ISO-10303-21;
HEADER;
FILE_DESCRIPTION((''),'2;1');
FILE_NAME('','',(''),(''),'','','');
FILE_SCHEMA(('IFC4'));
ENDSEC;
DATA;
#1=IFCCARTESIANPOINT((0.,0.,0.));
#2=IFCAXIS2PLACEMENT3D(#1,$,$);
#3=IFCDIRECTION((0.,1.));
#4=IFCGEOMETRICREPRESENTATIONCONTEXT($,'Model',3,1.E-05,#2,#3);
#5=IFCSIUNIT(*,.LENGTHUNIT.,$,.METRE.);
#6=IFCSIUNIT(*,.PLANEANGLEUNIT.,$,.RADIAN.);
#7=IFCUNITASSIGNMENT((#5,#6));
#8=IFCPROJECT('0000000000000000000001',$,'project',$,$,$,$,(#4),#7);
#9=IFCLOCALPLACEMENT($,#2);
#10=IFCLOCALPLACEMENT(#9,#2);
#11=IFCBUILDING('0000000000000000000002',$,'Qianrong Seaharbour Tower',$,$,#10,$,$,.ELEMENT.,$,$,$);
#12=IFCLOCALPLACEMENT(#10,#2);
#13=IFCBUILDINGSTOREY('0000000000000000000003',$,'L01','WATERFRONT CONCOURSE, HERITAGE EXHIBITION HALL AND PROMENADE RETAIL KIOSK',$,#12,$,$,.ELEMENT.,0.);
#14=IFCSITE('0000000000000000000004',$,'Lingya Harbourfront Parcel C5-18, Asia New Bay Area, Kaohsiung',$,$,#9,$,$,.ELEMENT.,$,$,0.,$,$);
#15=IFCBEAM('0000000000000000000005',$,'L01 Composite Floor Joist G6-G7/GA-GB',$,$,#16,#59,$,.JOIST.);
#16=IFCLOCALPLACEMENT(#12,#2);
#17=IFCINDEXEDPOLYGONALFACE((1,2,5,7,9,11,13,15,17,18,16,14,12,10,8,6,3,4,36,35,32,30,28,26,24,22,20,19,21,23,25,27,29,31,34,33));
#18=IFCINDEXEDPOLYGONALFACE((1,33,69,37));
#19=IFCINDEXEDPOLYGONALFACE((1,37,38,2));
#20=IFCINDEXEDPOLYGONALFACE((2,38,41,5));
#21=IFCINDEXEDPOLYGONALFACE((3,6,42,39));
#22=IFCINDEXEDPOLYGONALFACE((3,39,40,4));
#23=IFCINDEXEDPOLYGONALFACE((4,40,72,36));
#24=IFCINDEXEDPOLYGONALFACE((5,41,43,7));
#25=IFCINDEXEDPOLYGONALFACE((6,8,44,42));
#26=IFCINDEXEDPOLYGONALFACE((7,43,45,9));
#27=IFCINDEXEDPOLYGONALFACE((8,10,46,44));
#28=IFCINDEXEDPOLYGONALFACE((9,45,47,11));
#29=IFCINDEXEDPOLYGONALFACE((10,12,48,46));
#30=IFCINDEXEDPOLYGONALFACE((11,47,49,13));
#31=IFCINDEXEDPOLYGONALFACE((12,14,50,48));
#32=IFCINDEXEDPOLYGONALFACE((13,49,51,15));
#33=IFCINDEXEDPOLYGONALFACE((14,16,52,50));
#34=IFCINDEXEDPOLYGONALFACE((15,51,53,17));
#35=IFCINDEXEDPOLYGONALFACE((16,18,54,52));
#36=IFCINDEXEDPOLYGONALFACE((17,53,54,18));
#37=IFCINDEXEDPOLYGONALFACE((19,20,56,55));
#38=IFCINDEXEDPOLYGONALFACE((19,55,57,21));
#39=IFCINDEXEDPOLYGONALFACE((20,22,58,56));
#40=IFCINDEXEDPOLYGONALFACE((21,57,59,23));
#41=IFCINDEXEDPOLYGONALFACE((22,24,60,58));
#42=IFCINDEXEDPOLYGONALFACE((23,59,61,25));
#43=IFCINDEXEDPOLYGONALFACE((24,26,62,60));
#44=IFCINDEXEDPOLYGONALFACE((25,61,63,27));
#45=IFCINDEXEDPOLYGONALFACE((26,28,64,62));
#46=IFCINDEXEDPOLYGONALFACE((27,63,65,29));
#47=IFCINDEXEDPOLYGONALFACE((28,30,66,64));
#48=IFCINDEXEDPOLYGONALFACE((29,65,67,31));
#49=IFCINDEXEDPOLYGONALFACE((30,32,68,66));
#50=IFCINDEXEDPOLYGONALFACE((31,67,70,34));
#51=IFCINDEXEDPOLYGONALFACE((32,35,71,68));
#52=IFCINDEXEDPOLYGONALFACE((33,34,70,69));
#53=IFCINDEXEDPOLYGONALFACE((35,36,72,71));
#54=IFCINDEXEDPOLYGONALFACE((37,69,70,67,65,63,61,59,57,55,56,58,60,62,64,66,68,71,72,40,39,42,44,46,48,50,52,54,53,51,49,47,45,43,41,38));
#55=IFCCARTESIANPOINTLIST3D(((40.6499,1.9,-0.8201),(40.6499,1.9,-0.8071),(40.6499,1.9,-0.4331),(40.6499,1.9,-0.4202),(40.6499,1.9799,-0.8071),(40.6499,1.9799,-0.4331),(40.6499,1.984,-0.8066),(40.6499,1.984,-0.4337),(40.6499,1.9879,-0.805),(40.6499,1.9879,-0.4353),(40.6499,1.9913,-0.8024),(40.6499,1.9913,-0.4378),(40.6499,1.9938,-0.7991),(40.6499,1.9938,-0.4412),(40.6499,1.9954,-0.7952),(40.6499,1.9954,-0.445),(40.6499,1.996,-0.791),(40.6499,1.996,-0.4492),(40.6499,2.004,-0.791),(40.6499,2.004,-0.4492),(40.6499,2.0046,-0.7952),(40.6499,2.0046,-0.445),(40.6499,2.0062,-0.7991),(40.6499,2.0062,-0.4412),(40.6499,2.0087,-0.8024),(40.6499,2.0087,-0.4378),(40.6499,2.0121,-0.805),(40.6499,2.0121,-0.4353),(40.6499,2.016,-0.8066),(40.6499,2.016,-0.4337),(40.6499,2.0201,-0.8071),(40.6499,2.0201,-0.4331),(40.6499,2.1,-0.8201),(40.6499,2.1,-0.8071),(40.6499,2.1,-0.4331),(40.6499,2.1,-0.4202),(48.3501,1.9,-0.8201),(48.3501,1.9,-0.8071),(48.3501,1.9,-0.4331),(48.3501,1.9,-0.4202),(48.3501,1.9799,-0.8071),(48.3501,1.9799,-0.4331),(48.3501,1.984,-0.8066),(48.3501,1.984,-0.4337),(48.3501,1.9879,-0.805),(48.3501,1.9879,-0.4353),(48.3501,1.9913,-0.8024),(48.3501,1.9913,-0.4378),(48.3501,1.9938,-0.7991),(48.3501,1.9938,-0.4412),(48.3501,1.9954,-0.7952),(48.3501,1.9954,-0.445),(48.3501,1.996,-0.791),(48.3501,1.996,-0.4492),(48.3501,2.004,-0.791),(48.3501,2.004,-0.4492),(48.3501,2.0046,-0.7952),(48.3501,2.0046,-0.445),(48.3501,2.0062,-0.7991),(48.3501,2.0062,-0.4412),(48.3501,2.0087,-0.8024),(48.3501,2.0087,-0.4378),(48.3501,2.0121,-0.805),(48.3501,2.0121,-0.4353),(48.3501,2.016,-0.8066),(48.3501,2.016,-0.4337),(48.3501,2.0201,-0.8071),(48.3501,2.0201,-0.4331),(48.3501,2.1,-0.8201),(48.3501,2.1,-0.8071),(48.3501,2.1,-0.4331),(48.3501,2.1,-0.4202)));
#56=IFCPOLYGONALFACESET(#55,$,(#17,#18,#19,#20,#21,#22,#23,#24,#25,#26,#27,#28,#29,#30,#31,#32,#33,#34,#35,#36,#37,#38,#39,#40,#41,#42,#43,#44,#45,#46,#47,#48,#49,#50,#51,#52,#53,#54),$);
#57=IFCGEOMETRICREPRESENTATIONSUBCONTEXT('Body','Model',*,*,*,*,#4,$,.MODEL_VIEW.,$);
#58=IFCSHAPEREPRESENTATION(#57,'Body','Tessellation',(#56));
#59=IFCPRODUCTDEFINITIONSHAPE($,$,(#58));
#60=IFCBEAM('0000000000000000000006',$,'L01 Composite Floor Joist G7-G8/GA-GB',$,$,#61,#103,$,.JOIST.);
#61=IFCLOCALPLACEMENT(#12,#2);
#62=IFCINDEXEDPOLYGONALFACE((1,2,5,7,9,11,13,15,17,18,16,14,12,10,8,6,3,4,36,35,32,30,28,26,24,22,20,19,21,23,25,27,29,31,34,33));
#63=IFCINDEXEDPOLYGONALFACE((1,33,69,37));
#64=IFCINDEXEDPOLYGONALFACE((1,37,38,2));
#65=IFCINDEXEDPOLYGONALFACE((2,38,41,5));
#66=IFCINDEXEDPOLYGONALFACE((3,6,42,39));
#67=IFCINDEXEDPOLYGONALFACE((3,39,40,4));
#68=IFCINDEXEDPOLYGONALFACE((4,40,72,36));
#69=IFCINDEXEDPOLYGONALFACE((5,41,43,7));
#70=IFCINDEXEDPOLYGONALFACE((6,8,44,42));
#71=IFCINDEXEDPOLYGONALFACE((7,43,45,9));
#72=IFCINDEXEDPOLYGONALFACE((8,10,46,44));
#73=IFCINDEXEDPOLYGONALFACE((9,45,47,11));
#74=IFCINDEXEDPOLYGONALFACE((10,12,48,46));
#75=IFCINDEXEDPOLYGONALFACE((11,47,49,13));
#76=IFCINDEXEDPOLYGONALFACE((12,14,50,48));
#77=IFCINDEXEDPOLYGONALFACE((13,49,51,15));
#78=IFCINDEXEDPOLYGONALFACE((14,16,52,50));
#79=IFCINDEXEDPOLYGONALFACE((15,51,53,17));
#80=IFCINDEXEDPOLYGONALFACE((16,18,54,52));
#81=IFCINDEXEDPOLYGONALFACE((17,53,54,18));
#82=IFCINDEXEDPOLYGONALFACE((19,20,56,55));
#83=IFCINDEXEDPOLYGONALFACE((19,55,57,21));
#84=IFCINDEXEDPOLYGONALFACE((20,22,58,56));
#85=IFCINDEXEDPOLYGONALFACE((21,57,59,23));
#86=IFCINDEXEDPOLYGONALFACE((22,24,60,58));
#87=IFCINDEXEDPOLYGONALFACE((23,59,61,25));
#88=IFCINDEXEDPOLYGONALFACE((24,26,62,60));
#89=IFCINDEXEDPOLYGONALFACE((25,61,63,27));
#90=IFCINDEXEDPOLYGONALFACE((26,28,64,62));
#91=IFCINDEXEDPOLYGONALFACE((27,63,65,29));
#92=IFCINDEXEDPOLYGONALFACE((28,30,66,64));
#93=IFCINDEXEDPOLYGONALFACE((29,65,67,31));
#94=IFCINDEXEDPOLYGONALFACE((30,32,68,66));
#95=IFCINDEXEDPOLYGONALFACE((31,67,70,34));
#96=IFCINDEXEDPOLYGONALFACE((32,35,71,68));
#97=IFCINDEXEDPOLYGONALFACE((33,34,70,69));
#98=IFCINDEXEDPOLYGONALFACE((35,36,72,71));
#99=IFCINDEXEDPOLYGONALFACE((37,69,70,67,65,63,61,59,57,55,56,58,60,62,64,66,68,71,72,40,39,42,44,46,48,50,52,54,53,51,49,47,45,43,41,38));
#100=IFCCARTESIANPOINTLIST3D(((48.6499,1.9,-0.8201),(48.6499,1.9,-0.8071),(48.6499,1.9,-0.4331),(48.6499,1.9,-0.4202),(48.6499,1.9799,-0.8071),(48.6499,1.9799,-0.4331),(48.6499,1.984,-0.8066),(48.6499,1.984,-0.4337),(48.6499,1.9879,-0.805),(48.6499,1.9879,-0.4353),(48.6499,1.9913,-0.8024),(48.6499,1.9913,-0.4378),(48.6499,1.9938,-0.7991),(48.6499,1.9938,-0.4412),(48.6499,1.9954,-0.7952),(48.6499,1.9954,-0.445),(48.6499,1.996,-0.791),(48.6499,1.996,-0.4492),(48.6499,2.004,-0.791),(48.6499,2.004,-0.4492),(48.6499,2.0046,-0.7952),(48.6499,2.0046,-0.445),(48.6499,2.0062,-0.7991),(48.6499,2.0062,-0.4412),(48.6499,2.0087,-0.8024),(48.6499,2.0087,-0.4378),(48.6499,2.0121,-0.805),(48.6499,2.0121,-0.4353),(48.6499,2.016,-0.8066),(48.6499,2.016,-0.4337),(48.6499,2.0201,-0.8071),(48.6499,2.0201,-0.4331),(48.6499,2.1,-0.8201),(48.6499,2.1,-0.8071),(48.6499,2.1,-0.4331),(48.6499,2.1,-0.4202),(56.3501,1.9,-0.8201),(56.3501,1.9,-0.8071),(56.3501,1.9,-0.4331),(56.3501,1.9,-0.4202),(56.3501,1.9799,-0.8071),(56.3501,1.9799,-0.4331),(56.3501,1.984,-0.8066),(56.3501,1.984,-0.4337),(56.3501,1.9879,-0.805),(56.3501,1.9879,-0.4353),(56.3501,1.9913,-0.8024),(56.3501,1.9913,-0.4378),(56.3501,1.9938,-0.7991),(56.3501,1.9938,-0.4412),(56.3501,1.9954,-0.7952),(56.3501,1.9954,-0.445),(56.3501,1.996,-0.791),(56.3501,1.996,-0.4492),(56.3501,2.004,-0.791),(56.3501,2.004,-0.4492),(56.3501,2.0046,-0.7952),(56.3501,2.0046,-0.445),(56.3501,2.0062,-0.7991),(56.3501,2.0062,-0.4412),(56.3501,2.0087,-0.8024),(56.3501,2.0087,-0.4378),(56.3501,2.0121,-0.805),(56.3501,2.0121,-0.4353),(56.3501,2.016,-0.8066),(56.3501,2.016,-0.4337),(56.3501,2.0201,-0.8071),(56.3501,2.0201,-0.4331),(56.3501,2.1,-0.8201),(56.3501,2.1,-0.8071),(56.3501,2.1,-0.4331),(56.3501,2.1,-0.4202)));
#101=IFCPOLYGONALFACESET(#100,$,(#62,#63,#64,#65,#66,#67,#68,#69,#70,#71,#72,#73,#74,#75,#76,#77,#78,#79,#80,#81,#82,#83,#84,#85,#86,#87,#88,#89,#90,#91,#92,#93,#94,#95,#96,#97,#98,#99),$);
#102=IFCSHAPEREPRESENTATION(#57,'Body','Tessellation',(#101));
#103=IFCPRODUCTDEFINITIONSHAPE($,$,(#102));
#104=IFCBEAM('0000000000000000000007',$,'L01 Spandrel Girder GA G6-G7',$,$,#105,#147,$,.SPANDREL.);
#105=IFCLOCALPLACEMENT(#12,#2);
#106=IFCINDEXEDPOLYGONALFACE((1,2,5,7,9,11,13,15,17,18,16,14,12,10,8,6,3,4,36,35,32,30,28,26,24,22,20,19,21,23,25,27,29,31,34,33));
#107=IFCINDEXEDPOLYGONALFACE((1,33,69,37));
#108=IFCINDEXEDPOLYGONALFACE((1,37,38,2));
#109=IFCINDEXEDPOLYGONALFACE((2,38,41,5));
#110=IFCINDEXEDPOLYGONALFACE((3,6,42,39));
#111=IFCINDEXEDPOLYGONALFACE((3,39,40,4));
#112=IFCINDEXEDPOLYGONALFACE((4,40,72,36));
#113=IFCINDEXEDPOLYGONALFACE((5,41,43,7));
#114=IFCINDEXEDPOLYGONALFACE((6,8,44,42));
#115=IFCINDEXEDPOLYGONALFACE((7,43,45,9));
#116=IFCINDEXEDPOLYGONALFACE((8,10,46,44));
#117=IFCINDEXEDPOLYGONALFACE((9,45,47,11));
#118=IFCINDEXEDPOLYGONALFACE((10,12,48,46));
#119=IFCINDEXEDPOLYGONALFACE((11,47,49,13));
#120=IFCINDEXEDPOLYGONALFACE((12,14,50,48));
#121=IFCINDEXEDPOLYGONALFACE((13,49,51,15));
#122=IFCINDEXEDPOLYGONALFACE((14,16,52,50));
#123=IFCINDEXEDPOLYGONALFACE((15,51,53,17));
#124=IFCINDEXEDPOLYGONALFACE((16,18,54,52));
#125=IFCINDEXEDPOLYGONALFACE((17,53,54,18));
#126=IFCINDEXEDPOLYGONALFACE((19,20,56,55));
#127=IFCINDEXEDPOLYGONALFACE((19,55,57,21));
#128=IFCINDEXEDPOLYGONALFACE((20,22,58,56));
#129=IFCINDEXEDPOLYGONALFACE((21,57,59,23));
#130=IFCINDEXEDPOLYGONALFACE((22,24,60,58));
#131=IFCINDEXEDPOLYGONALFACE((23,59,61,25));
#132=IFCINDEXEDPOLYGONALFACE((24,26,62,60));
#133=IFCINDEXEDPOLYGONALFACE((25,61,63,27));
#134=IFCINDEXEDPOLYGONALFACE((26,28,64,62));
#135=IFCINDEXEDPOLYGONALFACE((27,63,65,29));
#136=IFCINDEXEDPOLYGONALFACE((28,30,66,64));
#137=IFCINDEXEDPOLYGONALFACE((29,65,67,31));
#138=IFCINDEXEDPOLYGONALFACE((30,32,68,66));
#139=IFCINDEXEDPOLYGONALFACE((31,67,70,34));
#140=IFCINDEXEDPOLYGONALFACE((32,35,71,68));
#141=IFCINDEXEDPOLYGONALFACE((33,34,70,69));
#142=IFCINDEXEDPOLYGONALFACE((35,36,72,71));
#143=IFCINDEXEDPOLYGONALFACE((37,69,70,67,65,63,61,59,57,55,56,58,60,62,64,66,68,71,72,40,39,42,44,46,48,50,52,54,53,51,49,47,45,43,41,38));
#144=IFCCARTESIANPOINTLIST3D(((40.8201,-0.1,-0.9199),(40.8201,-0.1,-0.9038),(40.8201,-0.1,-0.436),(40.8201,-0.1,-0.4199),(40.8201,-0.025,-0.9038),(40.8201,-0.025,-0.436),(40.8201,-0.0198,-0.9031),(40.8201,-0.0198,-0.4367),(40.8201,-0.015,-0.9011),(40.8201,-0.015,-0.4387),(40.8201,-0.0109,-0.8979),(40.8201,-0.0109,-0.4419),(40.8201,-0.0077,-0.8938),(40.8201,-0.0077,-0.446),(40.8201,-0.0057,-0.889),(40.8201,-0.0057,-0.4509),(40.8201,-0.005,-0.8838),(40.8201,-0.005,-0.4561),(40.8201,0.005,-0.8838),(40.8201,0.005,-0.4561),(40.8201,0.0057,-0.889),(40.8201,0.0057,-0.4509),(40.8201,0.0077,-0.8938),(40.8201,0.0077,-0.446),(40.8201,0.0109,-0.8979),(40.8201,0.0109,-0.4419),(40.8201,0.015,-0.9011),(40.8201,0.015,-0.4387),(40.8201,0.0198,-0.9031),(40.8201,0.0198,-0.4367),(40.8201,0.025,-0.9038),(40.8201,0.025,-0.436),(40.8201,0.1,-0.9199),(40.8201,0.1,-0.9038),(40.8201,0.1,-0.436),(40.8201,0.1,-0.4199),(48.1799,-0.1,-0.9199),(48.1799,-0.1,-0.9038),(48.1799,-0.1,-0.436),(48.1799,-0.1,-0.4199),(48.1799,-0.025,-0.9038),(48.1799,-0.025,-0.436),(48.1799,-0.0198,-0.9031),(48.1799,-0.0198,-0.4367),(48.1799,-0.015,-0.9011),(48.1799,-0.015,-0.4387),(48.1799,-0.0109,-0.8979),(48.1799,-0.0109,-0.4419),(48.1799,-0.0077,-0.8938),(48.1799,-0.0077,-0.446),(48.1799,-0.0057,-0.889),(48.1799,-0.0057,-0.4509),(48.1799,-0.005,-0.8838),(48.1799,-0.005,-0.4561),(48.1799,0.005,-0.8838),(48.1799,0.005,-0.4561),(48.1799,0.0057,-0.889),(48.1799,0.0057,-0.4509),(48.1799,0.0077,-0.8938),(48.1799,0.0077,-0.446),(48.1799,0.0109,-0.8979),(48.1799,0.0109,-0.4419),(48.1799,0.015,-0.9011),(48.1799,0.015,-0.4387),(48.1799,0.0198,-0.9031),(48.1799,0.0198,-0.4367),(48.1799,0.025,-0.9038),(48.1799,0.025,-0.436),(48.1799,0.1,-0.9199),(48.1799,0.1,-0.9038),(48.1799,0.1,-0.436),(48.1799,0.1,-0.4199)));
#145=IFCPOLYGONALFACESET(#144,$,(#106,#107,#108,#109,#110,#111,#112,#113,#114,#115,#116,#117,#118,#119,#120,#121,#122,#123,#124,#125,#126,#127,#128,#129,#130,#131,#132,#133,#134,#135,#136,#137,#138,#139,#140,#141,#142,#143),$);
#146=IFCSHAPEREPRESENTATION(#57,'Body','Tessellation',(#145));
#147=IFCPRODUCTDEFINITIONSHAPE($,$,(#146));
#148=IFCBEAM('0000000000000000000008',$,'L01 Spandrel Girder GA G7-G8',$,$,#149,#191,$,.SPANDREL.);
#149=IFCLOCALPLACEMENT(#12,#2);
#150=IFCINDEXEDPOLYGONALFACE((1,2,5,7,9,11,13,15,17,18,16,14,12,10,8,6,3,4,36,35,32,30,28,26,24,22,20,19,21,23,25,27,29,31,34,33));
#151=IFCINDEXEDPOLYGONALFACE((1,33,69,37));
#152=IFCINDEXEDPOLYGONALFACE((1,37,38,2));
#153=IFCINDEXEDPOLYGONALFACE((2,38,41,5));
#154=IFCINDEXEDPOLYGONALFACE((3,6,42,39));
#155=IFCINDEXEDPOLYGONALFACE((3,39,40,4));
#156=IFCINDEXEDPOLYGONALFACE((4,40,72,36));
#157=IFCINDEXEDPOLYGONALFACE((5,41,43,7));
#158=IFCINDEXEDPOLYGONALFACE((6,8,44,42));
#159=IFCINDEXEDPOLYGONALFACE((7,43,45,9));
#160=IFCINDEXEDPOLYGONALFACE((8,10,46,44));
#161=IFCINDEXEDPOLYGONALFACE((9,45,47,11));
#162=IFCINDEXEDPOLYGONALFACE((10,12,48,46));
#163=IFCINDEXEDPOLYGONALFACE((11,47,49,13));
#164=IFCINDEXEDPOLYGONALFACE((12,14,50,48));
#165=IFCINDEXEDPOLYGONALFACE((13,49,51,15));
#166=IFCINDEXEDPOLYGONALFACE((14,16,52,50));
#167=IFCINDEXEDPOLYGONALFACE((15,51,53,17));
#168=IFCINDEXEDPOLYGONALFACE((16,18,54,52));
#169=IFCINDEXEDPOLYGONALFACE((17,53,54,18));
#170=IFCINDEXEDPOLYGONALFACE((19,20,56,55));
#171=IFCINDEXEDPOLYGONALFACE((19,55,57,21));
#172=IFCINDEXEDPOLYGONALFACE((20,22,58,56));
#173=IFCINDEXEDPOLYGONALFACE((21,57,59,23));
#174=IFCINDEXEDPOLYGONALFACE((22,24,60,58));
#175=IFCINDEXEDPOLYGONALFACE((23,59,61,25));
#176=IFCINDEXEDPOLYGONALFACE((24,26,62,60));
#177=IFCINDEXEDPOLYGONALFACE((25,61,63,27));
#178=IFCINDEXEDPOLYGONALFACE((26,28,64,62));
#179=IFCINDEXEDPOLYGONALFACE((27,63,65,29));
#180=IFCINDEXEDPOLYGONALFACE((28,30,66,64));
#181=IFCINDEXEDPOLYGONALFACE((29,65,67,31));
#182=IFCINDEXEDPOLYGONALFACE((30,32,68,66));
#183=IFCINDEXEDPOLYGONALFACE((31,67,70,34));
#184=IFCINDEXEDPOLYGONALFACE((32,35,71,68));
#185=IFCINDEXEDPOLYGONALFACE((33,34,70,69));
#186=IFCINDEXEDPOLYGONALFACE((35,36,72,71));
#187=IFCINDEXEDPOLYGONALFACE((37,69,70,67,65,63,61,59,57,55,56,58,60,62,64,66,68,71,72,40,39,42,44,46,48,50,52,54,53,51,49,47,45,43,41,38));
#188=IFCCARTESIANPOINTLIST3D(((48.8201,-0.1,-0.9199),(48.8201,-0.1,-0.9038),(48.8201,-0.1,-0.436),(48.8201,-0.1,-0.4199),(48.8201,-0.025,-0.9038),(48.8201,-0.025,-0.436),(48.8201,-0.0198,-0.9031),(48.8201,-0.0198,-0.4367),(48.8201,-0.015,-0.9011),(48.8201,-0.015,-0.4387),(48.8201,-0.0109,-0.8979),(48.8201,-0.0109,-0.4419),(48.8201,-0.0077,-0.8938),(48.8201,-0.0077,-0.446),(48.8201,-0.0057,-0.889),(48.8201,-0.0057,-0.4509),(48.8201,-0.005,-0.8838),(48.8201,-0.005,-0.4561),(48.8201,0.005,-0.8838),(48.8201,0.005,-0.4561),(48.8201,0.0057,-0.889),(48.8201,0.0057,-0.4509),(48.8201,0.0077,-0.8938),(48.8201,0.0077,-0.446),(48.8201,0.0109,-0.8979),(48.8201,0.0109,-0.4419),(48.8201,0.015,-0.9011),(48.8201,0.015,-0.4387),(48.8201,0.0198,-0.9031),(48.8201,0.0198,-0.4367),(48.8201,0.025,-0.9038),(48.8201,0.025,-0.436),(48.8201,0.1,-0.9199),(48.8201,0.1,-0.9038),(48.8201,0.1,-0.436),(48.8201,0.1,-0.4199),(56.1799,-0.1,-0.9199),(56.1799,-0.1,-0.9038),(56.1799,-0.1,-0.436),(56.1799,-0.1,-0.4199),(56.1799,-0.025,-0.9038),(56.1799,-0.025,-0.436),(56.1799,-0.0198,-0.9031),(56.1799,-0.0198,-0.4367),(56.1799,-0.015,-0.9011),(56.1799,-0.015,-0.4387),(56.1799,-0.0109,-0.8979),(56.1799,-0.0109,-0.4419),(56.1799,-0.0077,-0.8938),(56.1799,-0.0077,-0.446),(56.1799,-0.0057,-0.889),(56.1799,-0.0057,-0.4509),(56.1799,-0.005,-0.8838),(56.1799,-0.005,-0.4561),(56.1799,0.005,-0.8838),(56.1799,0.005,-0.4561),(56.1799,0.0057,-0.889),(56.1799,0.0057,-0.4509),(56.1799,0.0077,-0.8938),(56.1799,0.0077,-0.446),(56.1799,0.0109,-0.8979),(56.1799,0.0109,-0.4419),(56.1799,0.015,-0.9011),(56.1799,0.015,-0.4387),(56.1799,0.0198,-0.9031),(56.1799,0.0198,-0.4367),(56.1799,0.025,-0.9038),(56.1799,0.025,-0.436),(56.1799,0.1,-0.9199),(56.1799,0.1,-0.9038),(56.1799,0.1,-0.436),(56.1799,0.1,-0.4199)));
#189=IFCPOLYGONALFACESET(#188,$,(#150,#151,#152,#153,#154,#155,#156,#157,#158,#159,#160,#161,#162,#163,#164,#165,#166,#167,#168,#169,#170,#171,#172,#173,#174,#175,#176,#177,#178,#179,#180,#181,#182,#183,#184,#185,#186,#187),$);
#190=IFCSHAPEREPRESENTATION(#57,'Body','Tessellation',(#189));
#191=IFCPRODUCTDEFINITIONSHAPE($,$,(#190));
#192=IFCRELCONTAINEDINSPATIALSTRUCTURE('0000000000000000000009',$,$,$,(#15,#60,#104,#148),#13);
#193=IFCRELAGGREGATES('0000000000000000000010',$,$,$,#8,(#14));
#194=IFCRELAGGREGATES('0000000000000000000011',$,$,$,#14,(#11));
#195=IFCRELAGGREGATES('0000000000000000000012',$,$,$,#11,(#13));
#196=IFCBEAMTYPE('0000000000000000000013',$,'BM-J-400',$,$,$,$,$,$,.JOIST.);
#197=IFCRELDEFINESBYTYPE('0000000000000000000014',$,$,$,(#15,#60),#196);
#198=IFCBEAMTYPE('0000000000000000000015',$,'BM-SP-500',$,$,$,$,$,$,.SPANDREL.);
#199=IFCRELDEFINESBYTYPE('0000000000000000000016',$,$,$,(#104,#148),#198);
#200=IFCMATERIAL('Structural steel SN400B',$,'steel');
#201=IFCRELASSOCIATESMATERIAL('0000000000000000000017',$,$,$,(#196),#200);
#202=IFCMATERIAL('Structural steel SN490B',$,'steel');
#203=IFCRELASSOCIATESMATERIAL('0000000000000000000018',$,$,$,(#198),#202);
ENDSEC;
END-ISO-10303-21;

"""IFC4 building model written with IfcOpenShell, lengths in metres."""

from ifc_helpers import new_model, si_unit, direction, frame, origin, origin_2d, place, context, subcontext, project, spatial, i_section, extrude, material, material_profile, profile_set, type_object, element, save


model = new_model("IFC4")

# Units and contexts
model_context = context("Model", 3, precision=1e-05, world=origin(), true_north=direction((0.0, 1.0)))
body_context = subcontext(model_context, "Body", "Model", "MODEL_VIEW")
ifc_project = project(units=[si_unit("LENGTHUNIT", "METRE"), si_unit("PLANEANGLEUNIT", "RADIAN")], contexts=[model_context])

# Site, building, storey
site_placement = place(None, origin())
site = spatial("IfcSite", under=ifc_project, at=site_placement, Name="Lingya Harbourfront Parcel C5-18, Asia New Bay Area, Kaohsiung", CompositionType="ELEMENT", RefElevation=0.0)
building_placement = place(site_placement, origin())
building = spatial("IfcBuilding", under=site, at=building_placement, Name="Qianrong Seaharbour Tower", CompositionType="ELEMENT")
storey_placement = place(building_placement, origin())
storey = spatial("IfcBuildingStorey", under=building, at=storey_placement, Name="L01", Description="WATERFRONT CONCOURSE, HERITAGE EXHIBITION HALL AND PROMENADE RETAIL KIOSK", CompositionType="ELEMENT", Elevation=0.0)

# Beams
ifc_material_1 = material(Name="Structural steel SN490B", Category="steel")
ifc_material_2 = material(Name="Structural steel SN400B", Category="steel")
ifc_material_profile_1 = material_profile(ifc_material_2, i_section(OverallWidth=0.2, OverallDepth=0.3999, WebThickness=0.0081, FlangeThickness=0.0129, FilletRadius=0.0161, at=origin_2d()), Name="H400x200x8x13")
ifc_profile_set_1 = profile_set([ifc_material_profile_1], Name="Structural steel SN400B")
beam_type_1 = type_object("IfcBeamType", Name="BM-J-400", PredefinedType="JOIST", material=ifc_profile_set_1)
for number, where, z_axis, x_axis, name in (
    (1, (40.6499, 2.0, -0.6201), (1.0, 0.0, 0.0), (0.0, 1.0, 0.0), "L01 Composite Floor Joist G6-G7/GA-GB"),
    (2, (48.6499, 2.0, -0.6201), (1.0, 0.0, 0.0), (0.0, 1.0, 0.0), "L01 Composite Floor Joist G7-G8/GA-GB"),
):
    element("IfcBeam", number, at=place(storey_placement, frame(where, z_axis=z_axis, x_axis=x_axis)), inside=storey, type_object=beam_type_1, Name=name, PredefinedType="JOIST", context=body_context, shape_type="SweptSolid", body=[
        extrude(i_section(OverallWidth=0.2, OverallDepth=0.3999, WebThickness=0.0081, FlangeThickness=0.0129, FilletRadius=0.0161, at=origin_2d()), origin(), (0.0, 0.0, 1.0), 7.7002),
    ])
ifc_material_profile_2 = material_profile(ifc_material_1, i_section(OverallWidth=0.2, OverallDepth=0.5, WebThickness=0.01, FlangeThickness=0.0161, FilletRadius=0.02, at=origin_2d()), Name="H500x200x10x16")
ifc_profile_set_2 = profile_set([ifc_material_profile_2], Name="Structural steel SN490B")
beam_type_2 = type_object("IfcBeamType", Name="BM-SP-500", PredefinedType="SPANDREL", material=ifc_profile_set_2)
for number, where, z_axis, x_axis, name in (
    (3, (40.8201, 0.0, -0.6699), (1.0, 0.0, 0.0), (0.0, 1.0, 0.0), "L01 Spandrel Girder GA G6-G7"),
    (4, (48.8201, 0.0, -0.6699), (1.0, 0.0, 0.0), (0.0, 1.0, 0.0), "L01 Spandrel Girder GA G7-G8"),
):
    element("IfcBeam", number, at=place(storey_placement, frame(where, z_axis=z_axis, x_axis=x_axis)), inside=storey, type_object=beam_type_2, Name=name, PredefinedType="SPANDREL", context=body_context, shape_type="SweptSolid", body=[
        extrude(i_section(OverallWidth=0.2, OverallDepth=0.5, WebThickness=0.01, FlangeThickness=0.0161, FilletRadius=0.02, at=origin_2d()), origin(), (0.0, 0.0, 1.0), 7.3599),
    ])

save(model, "model.ifc")
